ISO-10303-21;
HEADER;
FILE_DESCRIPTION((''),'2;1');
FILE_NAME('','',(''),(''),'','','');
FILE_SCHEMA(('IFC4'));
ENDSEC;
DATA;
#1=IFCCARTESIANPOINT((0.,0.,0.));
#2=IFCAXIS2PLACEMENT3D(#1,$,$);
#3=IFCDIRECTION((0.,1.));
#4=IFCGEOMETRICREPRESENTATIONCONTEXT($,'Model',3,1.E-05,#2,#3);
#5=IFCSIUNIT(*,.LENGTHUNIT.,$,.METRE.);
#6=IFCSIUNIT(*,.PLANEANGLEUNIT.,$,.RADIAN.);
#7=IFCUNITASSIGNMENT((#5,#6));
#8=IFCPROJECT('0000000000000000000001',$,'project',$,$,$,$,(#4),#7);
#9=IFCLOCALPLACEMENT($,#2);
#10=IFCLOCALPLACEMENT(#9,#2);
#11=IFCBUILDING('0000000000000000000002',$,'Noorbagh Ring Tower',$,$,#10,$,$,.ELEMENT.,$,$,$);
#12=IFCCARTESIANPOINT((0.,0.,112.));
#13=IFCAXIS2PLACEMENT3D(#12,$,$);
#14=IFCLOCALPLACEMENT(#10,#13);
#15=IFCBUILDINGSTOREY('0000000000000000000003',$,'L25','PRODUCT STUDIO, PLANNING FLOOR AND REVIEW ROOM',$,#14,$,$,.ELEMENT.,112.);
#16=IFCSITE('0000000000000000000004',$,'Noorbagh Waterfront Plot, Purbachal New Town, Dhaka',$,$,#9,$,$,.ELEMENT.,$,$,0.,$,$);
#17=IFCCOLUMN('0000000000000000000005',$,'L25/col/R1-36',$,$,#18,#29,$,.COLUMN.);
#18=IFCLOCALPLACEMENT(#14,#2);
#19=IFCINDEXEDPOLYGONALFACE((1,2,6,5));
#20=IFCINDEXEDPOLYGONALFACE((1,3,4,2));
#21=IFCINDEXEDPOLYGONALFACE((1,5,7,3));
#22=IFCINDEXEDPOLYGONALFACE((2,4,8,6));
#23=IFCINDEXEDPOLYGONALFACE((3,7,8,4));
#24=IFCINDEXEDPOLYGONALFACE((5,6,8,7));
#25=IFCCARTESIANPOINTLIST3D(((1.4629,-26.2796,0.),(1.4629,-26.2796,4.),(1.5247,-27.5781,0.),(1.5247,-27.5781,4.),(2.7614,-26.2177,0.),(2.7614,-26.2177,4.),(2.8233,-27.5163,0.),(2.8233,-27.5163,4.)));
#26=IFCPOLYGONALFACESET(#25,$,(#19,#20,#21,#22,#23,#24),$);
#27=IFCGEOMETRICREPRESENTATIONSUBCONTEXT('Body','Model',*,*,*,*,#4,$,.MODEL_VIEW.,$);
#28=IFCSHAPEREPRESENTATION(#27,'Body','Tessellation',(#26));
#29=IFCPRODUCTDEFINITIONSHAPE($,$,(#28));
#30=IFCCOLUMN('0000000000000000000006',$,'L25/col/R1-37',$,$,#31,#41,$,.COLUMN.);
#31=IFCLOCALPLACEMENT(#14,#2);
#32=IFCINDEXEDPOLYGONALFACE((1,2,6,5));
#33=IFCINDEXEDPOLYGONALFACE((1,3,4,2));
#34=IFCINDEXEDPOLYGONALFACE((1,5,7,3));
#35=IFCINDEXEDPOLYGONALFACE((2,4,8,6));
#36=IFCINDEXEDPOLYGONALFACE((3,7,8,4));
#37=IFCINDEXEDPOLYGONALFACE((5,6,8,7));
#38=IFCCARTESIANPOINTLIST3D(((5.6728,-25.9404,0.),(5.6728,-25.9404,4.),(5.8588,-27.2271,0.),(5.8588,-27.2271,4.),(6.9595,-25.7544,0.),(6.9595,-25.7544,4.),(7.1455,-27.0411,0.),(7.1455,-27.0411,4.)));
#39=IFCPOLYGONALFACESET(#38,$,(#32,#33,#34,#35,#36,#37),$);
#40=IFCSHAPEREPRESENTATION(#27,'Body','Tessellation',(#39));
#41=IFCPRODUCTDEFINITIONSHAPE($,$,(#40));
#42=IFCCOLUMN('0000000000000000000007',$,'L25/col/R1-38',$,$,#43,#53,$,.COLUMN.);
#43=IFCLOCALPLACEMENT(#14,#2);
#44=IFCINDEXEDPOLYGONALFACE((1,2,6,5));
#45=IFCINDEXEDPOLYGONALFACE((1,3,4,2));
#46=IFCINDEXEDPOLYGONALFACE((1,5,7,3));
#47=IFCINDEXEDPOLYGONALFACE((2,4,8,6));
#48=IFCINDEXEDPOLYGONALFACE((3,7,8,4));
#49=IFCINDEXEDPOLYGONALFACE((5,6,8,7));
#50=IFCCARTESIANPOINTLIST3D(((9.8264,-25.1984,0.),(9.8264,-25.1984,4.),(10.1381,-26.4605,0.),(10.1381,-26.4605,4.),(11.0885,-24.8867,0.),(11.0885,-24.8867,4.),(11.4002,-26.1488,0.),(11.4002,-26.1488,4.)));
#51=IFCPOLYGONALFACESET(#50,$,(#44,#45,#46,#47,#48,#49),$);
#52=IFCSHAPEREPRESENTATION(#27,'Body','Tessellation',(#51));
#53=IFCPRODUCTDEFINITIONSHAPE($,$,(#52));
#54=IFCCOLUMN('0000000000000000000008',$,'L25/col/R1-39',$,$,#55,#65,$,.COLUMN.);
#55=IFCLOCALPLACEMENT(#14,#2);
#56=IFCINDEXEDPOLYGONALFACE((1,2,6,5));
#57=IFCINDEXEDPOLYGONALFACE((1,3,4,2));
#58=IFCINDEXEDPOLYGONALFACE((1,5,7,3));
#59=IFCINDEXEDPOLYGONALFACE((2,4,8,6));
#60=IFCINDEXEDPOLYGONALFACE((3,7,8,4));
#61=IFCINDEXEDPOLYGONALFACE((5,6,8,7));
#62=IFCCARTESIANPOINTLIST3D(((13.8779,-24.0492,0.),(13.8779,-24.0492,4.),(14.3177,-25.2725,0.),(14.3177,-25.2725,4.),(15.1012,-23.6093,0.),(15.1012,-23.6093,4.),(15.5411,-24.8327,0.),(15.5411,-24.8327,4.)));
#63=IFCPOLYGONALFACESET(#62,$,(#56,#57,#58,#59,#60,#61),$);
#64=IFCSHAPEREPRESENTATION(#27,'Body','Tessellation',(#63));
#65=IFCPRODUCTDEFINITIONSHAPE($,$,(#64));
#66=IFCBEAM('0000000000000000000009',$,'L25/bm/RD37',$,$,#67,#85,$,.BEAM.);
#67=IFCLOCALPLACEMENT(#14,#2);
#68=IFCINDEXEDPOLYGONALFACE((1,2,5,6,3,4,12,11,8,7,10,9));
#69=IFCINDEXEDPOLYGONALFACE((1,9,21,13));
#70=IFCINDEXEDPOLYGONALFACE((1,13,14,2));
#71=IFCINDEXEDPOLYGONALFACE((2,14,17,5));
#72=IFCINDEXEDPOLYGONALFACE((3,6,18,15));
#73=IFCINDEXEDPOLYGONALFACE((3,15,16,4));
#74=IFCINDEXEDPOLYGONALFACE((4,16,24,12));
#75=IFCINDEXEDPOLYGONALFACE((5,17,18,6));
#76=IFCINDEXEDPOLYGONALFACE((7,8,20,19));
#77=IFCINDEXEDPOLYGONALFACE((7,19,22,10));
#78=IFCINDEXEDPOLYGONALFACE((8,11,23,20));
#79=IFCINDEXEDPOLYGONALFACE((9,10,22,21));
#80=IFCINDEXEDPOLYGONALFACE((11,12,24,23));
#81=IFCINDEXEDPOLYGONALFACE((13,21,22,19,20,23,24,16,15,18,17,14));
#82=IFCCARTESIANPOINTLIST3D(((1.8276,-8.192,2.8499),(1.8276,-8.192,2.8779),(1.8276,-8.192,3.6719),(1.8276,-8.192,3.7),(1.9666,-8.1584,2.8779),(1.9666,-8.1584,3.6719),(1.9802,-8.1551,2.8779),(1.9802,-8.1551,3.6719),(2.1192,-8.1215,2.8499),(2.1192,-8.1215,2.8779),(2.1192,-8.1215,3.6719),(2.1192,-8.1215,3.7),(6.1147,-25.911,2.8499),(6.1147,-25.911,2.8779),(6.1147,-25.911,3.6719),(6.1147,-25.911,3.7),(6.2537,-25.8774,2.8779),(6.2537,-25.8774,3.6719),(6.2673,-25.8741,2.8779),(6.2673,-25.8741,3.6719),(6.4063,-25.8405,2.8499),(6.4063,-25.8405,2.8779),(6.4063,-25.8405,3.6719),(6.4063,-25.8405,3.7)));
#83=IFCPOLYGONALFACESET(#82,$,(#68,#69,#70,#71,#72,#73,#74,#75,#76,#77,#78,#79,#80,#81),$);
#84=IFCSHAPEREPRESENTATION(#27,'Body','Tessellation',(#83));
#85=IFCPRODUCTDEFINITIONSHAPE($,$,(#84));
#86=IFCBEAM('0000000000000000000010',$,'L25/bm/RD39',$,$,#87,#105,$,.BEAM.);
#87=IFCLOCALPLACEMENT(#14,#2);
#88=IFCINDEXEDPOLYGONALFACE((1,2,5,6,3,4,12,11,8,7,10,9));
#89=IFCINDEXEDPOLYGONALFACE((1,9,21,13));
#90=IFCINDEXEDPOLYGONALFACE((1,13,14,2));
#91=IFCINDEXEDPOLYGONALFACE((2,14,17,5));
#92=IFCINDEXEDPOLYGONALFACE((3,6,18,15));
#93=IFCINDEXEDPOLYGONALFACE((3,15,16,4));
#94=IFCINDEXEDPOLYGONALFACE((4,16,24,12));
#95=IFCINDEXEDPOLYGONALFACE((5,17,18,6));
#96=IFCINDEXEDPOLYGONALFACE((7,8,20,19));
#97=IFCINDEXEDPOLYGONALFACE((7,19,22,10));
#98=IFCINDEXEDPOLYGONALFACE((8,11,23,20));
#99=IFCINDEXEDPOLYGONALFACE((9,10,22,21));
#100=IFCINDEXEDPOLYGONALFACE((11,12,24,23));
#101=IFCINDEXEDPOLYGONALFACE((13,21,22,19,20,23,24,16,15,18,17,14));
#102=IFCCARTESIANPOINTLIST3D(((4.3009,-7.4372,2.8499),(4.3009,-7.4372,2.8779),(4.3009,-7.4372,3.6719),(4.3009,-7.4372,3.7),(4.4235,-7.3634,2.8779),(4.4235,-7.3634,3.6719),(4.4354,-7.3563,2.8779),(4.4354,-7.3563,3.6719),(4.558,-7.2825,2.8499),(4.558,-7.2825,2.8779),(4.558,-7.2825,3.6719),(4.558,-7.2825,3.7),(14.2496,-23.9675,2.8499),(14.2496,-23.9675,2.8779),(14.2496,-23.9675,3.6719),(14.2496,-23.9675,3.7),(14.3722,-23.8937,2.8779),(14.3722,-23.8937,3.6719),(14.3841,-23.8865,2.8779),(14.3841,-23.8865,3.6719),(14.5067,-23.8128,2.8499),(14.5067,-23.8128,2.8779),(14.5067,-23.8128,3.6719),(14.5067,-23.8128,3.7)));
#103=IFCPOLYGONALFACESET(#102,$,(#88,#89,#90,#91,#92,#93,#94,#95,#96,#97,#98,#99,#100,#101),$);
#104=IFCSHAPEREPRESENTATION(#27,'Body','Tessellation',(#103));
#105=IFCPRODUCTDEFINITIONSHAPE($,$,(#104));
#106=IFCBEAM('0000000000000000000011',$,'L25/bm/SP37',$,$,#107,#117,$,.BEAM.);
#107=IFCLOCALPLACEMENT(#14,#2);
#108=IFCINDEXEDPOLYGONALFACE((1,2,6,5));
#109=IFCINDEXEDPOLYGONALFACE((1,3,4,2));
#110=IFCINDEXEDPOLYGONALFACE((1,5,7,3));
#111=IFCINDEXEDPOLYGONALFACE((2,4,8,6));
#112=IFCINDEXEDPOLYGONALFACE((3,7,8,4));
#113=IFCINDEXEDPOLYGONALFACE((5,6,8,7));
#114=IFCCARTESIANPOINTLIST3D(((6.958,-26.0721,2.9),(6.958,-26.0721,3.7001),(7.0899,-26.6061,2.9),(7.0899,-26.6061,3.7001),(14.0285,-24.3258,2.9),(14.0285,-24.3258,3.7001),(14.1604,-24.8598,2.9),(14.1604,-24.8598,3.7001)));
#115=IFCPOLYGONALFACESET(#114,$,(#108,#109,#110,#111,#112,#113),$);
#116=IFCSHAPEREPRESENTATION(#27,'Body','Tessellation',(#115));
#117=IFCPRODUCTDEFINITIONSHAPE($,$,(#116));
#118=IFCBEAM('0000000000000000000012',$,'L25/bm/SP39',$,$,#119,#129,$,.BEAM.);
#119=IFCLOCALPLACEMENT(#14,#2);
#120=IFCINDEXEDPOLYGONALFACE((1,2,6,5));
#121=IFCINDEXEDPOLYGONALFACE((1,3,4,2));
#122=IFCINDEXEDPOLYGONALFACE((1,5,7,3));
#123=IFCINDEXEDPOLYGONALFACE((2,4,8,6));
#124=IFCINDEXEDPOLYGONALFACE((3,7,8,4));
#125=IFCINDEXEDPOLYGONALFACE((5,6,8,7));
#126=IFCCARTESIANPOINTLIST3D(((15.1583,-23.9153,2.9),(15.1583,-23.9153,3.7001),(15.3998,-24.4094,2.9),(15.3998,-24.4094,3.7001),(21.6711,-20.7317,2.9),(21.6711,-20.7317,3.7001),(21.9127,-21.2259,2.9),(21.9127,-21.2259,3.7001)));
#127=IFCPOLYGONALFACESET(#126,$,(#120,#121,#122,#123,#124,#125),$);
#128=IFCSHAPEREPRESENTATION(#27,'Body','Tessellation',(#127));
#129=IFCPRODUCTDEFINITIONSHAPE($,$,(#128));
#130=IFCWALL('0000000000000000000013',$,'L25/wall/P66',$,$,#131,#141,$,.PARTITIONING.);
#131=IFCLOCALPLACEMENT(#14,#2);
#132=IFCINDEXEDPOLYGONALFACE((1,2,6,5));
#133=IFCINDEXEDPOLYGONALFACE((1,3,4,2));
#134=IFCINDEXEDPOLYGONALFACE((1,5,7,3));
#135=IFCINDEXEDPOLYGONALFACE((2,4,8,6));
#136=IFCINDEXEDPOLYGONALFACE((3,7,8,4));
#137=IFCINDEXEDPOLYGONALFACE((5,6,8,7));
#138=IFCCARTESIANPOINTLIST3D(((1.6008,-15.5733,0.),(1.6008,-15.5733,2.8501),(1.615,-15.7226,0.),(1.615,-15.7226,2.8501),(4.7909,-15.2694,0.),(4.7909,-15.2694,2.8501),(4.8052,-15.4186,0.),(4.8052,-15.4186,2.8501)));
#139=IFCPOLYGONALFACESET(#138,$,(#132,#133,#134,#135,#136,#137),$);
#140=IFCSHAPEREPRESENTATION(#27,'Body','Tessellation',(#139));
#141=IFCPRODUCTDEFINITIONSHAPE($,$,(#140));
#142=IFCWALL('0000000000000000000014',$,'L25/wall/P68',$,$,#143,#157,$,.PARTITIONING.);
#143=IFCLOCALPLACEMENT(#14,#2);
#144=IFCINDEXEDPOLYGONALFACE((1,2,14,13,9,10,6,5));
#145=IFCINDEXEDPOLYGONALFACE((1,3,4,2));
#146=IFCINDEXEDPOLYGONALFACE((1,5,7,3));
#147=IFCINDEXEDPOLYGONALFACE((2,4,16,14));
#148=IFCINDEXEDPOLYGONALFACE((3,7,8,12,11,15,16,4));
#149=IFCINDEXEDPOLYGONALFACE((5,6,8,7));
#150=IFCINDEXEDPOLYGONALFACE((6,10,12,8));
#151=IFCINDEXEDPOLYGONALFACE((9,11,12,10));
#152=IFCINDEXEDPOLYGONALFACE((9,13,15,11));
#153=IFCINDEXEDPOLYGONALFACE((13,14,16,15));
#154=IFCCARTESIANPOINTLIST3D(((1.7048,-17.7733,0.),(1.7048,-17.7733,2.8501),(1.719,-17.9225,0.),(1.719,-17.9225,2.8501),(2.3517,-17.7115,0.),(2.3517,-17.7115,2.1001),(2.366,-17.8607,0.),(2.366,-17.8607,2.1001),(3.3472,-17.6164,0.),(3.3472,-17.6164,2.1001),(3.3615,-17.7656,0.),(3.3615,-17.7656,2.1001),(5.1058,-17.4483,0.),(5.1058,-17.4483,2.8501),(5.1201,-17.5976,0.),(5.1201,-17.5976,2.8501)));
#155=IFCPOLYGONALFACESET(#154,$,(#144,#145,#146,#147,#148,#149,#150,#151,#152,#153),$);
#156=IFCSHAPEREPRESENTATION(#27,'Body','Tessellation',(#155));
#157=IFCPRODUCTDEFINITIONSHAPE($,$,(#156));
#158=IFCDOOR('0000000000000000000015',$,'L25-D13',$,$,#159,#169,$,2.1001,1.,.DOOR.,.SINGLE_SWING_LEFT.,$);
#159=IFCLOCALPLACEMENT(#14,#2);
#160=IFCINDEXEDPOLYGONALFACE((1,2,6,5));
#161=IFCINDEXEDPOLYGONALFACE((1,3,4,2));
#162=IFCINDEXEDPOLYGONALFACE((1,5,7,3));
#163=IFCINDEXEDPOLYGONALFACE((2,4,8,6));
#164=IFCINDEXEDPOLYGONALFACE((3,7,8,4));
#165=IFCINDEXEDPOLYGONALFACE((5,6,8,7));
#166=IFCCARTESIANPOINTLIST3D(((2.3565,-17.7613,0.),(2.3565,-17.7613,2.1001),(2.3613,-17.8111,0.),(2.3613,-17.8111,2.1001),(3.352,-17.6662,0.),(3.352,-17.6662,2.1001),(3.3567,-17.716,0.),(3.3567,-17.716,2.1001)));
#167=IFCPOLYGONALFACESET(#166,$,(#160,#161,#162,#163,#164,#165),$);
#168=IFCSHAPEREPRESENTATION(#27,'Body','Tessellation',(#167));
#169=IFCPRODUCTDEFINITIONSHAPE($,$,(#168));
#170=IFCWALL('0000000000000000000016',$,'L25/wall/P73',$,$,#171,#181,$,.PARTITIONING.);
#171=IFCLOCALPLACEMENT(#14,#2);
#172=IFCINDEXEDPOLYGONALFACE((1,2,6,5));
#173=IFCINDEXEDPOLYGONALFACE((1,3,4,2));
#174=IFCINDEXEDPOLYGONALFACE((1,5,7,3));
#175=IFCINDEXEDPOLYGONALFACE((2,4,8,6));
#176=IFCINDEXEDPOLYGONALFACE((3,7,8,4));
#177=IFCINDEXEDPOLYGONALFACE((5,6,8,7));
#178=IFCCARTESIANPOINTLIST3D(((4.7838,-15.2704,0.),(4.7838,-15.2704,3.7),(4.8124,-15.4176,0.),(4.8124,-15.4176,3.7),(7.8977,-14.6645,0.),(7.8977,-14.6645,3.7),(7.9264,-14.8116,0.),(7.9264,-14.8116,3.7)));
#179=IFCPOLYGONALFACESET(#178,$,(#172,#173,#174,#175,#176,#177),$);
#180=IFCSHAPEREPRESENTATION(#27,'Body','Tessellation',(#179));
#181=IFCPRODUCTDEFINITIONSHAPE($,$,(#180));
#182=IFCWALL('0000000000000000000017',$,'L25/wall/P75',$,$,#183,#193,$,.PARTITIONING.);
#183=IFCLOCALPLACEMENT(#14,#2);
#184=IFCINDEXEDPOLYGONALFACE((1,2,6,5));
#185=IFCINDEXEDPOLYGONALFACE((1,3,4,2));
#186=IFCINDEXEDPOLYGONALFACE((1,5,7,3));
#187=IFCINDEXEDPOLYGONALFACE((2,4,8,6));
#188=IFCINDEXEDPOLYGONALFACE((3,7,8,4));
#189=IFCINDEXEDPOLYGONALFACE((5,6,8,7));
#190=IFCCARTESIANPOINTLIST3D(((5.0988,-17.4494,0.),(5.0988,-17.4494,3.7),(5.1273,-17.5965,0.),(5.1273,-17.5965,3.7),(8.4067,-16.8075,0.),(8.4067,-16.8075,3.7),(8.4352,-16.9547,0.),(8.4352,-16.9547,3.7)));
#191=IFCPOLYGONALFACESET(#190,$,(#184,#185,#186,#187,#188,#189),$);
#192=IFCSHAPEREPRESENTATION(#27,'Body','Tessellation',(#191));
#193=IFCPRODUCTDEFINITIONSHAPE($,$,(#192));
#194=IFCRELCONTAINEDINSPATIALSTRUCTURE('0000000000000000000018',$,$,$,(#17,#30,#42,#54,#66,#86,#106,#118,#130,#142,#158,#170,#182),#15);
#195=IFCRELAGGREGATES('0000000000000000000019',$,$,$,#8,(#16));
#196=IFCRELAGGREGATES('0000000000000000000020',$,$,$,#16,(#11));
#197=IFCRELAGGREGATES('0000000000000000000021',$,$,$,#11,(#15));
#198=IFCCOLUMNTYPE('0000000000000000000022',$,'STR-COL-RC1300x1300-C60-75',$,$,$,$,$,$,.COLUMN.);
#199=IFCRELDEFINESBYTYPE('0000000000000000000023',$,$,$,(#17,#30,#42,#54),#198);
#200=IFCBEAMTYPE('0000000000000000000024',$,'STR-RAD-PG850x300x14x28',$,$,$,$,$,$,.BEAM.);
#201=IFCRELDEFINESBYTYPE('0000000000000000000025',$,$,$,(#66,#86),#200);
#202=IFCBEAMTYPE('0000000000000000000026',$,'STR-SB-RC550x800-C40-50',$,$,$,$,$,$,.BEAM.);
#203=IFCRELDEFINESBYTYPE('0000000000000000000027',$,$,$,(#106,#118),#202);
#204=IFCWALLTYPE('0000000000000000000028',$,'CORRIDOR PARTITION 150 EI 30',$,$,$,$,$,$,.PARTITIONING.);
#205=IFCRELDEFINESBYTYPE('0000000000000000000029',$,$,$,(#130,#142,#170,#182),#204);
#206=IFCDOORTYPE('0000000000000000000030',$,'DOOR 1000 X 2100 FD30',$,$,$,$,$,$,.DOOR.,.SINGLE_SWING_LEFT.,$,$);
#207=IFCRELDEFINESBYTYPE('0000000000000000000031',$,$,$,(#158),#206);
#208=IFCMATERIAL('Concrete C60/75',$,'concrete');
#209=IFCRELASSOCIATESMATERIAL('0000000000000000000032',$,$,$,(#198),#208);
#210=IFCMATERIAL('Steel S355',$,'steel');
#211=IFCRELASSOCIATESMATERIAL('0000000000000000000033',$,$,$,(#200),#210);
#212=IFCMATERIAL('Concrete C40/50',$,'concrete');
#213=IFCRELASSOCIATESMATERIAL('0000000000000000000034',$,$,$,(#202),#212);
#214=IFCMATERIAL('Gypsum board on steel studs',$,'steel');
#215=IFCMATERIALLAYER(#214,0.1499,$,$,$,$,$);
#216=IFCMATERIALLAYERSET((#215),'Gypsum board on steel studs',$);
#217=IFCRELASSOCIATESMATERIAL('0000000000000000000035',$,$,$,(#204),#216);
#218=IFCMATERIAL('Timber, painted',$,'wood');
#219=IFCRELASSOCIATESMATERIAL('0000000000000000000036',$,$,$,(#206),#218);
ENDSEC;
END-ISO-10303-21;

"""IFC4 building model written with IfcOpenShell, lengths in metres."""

from ifc_helpers import new_model, si_unit, direction, frame, frame_2d, origin, origin_2d, place, context, subcontext, project, spatial, rectangle, i_section, extrude, material, layer, layer_set, material_profile, profile_set, type_object, element, fill, save


model = new_model("IFC4")

# Units and contexts
model_context = context("Model", 3, precision=1e-05, world=origin(), true_north=direction((0.0, 1.0)))
body_context = subcontext(model_context, "Body", "Model", "MODEL_VIEW")
ifc_project = project(units=[si_unit("LENGTHUNIT", "METRE"), si_unit("PLANEANGLEUNIT", "RADIAN")], contexts=[model_context])

# Site, building, storey
site_placement = place(None, origin())
site = spatial("IfcSite", under=ifc_project, at=site_placement, Name="Noorbagh Waterfront Plot, Purbachal New Town, Dhaka", CompositionType="ELEMENT", RefElevation=0.0)
building_placement = place(site_placement, origin())
building = spatial("IfcBuilding", under=site, at=building_placement, Name="Noorbagh Ring Tower", CompositionType="ELEMENT")
storey_placement = place(building_placement, frame((0.0, 0.0, 112.0)))
storey = spatial("IfcBuildingStorey", under=building, at=storey_placement, Name="L25", Description="PRODUCT STUDIO, PLANNING FLOOR AND REVIEW ROOM", CompositionType="ELEMENT", Elevation=112.0)

# Columns
ifc_material_1 = material(Name="Concrete C60/75", Category="concrete")
ifc_material_profile_1 = material_profile(ifc_material_1, rectangle(XDim=1.3, YDim=1.3, at=origin_2d()), Name="RC1300x1300")
ifc_profile_set_1 = profile_set([ifc_material_profile_1], Name="Concrete C60/75")
column_type = type_object("IfcColumnType", Name="STR-COL-RC1300x1300-C60-75", PredefinedType="COLUMN", material=ifc_profile_set_1)
for number, where, z_axis, x_axis, name in (
    (1, (2.1431, -26.8979, 0.0), (0.0, 0.0, 1.0), (0.998869, 0.047553, 0.0), "L25/col/R1-36"),
    (2, (6.4092, -26.4907, 0.0), (0.0, 0.0, 1.0), (0.989713, 0.143066, 0.0), "L25/col/R1-37"),
    (3, (10.6133, -25.6736, 0.0), (0.0, 0.0, 1.0), (0.970829, 0.239771, 0.0), "L25/col/R1-38"),
    (4, (14.7095, -24.4409, 0.0), (0.0, 0.0, 1.0), (0.941025, 0.338338, 0.0), "L25/col/R1-39"),
):
    element("IfcColumn", number, at=place(storey_placement, frame(where, z_axis=z_axis, x_axis=x_axis)), inside=storey, type_object=column_type, Name=name, PredefinedType="COLUMN", context=body_context, shape_type="SweptSolid", body=[
        extrude(rectangle(XDim=1.3, YDim=1.3, at=origin_2d()), origin(), (0.0, 0.0, 1.0), 4.0),
    ])

# Beams
ifc_material_2 = material(Name="Steel S355", Category="steel")
ifc_material_profile_2 = material_profile(ifc_material_2, i_section(OverallWidth=0.3, OverallDepth=0.8501, WebThickness=0.0139, FlangeThickness=0.0281, at=origin_2d()), Name="PG850x300x14x28")
ifc_profile_set_2 = profile_set([ifc_material_profile_2], Name="Steel S355")
beam_type_1 = type_object("IfcBeamType", Name="STR-RAD-PG850x300x14x28", PredefinedType="BEAM", material=ifc_profile_set_2)
beam_1_placement = place(storey_placement, frame((6.2605, -25.8757, 3.2749), z_axis=(-0.235165, 0.971956, 0.0), x_axis=(-0.971956, -0.235165, 0.0)))
element("IfcBeam", 5, at=beam_1_placement, inside=storey, type_object=beam_type_1, Name="L25/bm/RD37", PredefinedType="BEAM", context=body_context, shape_type="SweptSolid", body=[
    extrude(i_section(OverallWidth=0.3, OverallDepth=0.8501, WebThickness=0.0139, FlangeThickness=0.0281, at=origin_2d()), origin(), (0.0, 0.0, 1.0), 18.2302),
])
beam_2_placement = place(storey_placement, frame((14.3782, -23.8901, 3.2749), z_axis=(-0.51566, 0.856793, 0.0), x_axis=(-0.856793, -0.51566, 0.0)))
element("IfcBeam", 6, at=beam_2_placement, inside=storey, type_object=beam_type_1, Name="L25/bm/RD39", PredefinedType="BEAM", context=body_context, shape_type="SweptSolid", body=[
    extrude(i_section(OverallWidth=0.3, OverallDepth=0.8501, WebThickness=0.0139, FlangeThickness=0.0281, at=origin_2d()), origin(), (0.0, 0.0, 1.0), 19.2932),
])
ifc_material_3 = material(Name="Concrete C40/50", Category="concrete")
ifc_material_profile_3 = material_profile(ifc_material_3, rectangle(XDim=0.55, YDim=0.8, at=origin_2d()), Name="RC550x800")
ifc_profile_set_3 = profile_set([ifc_material_profile_3], Name="Concrete C40/50")
beam_type_2 = type_object("IfcBeamType", Name="STR-SB-RC550x800-C40-50", PredefinedType="BEAM", material=ifc_profile_set_3)
beam_3_placement = place(storey_placement, frame((7.0239, -26.3391, 3.3), z_axis=(0.970827, 0.239782, 0.0), x_axis=(-0.239782, 0.970827, 0.0)))
element("IfcBeam", 7, at=beam_3_placement, inside=storey, type_object=beam_type_2, Name="L25/bm/SP37", PredefinedType="BEAM", context=body_context, shape_type="SweptSolid", body=[
    extrude(rectangle(XDim=0.55, YDim=0.8, at=origin_2d()), origin(), (0.0, 0.0, 1.0), 7.283),
])
beam_4_placement = place(storey_placement, frame((15.2791, -24.1624, 3.3), z_axis=(0.898412, 0.439153, 0.0), x_axis=(-0.439153, 0.898412, 0.0)))
element("IfcBeam", 8, at=beam_4_placement, inside=storey, type_object=beam_type_2, Name="L25/bm/SP39", PredefinedType="BEAM", context=body_context, shape_type="SweptSolid", body=[
    extrude(rectangle(XDim=0.55, YDim=0.8, at=origin_2d()), origin(), (0.0, 0.0, 1.0), 7.2493),
])

# Wall
ifc_material_4 = material(Name="Gypsum board on steel studs", Category="steel")
ifc_layer_1 = layer(ifc_material_4, 0.1499)
ifc_layer_set_1 = layer_set([ifc_layer_1], Name="Gypsum board on steel studs")
wall_type_1 = type_object("IfcWallType", Name="CORRIDOR PARTITION 150 EI 30", PredefinedType="PARTITIONING", material=ifc_layer_set_1)
wall_1_placement = place(storey_placement, frame((1.6079, -15.6479, 0.0), z_axis=(0.0, 0.0, 1.0), x_axis=(0.995492, 0.094849, 0.0)))
element("IfcWall", 9, at=wall_1_placement, inside=storey, type_object=wall_type_1, Name="L25/wall/P66", PredefinedType="PARTITIONING", context=body_context, shape_type="SweptSolid", body=[
    extrude(rectangle(XDim=3.2046, YDim=0.1499, at=frame_2d((1.6023, 0.0))), origin(), (0.0, 0.0, 1.0), 2.8501),
])

# Wall, opening, door
wall_2_placement = place(storey_placement, frame((1.7119, -17.8479, 0.0), z_axis=(0.0, 0.0, 1.0), x_axis=(0.995467, 0.095109, 0.0)))
wall_2 = element("IfcWall", 10, at=wall_2_placement, inside=storey, type_object=wall_type_1, Name="L25/wall/P68", PredefinedType="PARTITIONING", context=body_context, shape_type="SweptSolid", body=[
    extrude(rectangle(XDim=3.4165, YDim=0.1499, at=frame_2d((1.7083, 0.0))), origin(), (0.0, 0.0, 1.0), 2.8501),
])
opening_1_placement = place(wall_2_placement, frame((0.6499, 0.0, 0.0)))
opening_1 = element("IfcOpeningElement", 11, at=opening_1_placement, cuts=wall_2, PredefinedType="OPENING", context=body_context, shape_type="SweptSolid", body=[
    extrude(rectangle(XDim=1.0, YDim=2.1001, at=frame_2d((0.5, 1.05))), frame((0.0, 0.085, 0.0), z_axis=(0.0, -1.0, 0.0), x_axis=(1.0, 0.0, 0.0)), (0.0, 0.0, 1.0), 0.1699),
])
ifc_material_5 = material(Name="Timber, painted", Category="wood")
door_type = type_object("IfcDoorType", Name="DOOR 1000 X 2100 FD30", OperationType="SINGLE_SWING_LEFT", PredefinedType="DOOR", material=ifc_material_5)
door_1_placement = place(opening_1_placement, origin())
door_1 = element("IfcDoor", 12, at=door_1_placement, inside=storey, type_object=door_type, Name="L25-D13", OperationType="SINGLE_SWING_LEFT", OverallHeight=2.1001, OverallWidth=1.0, PredefinedType="DOOR", context=body_context, shape_type="SweptSolid", body=[
    extrude(rectangle(XDim=1.0, YDim=2.1001, at=frame_2d((0.5, 1.05))), frame((0.0, 0.0249, 0.0), z_axis=(0.0, -1.0, 0.0), x_axis=(1.0, 0.0, 0.0)), (0.0, 0.0, 1.0), 0.05),
])
fill(opening_1, door_1)

# Walls
wall_3_placement = place(storey_placement, frame((4.7981, -15.344, 0.0), z_axis=(0.0, 0.0, 1.0), x_axis=(0.981589, 0.191008, 0.0)))
element("IfcWall", 13, at=wall_3_placement, inside=storey, type_object=wall_type_1, Name="L25/wall/P73", PredefinedType="PARTITIONING", context=body_context, shape_type="SweptSolid", body=[
    extrude(rectangle(XDim=3.1724, YDim=0.1499, at=frame_2d((1.5862, 0.0))), origin(), (0.0, 0.0, 1.0), 3.7),
])
wall_4_placement = place(storey_placement, frame((5.113, -17.5229, 0.0), z_axis=(0.0, 0.0, 1.0), x_axis=(0.98169, 0.190484, 0.0)))
element("IfcWall", 14, at=wall_4_placement, inside=storey, type_object=wall_type_1, Name="L25/wall/P75", PredefinedType="PARTITIONING", context=body_context, shape_type="SweptSolid", body=[
    extrude(rectangle(XDim=3.3696, YDim=0.1499, at=frame_2d((1.6848, 0.0))), origin(), (0.0, 0.0, 1.0), 3.7),
])

save(model, "model.ifc")
